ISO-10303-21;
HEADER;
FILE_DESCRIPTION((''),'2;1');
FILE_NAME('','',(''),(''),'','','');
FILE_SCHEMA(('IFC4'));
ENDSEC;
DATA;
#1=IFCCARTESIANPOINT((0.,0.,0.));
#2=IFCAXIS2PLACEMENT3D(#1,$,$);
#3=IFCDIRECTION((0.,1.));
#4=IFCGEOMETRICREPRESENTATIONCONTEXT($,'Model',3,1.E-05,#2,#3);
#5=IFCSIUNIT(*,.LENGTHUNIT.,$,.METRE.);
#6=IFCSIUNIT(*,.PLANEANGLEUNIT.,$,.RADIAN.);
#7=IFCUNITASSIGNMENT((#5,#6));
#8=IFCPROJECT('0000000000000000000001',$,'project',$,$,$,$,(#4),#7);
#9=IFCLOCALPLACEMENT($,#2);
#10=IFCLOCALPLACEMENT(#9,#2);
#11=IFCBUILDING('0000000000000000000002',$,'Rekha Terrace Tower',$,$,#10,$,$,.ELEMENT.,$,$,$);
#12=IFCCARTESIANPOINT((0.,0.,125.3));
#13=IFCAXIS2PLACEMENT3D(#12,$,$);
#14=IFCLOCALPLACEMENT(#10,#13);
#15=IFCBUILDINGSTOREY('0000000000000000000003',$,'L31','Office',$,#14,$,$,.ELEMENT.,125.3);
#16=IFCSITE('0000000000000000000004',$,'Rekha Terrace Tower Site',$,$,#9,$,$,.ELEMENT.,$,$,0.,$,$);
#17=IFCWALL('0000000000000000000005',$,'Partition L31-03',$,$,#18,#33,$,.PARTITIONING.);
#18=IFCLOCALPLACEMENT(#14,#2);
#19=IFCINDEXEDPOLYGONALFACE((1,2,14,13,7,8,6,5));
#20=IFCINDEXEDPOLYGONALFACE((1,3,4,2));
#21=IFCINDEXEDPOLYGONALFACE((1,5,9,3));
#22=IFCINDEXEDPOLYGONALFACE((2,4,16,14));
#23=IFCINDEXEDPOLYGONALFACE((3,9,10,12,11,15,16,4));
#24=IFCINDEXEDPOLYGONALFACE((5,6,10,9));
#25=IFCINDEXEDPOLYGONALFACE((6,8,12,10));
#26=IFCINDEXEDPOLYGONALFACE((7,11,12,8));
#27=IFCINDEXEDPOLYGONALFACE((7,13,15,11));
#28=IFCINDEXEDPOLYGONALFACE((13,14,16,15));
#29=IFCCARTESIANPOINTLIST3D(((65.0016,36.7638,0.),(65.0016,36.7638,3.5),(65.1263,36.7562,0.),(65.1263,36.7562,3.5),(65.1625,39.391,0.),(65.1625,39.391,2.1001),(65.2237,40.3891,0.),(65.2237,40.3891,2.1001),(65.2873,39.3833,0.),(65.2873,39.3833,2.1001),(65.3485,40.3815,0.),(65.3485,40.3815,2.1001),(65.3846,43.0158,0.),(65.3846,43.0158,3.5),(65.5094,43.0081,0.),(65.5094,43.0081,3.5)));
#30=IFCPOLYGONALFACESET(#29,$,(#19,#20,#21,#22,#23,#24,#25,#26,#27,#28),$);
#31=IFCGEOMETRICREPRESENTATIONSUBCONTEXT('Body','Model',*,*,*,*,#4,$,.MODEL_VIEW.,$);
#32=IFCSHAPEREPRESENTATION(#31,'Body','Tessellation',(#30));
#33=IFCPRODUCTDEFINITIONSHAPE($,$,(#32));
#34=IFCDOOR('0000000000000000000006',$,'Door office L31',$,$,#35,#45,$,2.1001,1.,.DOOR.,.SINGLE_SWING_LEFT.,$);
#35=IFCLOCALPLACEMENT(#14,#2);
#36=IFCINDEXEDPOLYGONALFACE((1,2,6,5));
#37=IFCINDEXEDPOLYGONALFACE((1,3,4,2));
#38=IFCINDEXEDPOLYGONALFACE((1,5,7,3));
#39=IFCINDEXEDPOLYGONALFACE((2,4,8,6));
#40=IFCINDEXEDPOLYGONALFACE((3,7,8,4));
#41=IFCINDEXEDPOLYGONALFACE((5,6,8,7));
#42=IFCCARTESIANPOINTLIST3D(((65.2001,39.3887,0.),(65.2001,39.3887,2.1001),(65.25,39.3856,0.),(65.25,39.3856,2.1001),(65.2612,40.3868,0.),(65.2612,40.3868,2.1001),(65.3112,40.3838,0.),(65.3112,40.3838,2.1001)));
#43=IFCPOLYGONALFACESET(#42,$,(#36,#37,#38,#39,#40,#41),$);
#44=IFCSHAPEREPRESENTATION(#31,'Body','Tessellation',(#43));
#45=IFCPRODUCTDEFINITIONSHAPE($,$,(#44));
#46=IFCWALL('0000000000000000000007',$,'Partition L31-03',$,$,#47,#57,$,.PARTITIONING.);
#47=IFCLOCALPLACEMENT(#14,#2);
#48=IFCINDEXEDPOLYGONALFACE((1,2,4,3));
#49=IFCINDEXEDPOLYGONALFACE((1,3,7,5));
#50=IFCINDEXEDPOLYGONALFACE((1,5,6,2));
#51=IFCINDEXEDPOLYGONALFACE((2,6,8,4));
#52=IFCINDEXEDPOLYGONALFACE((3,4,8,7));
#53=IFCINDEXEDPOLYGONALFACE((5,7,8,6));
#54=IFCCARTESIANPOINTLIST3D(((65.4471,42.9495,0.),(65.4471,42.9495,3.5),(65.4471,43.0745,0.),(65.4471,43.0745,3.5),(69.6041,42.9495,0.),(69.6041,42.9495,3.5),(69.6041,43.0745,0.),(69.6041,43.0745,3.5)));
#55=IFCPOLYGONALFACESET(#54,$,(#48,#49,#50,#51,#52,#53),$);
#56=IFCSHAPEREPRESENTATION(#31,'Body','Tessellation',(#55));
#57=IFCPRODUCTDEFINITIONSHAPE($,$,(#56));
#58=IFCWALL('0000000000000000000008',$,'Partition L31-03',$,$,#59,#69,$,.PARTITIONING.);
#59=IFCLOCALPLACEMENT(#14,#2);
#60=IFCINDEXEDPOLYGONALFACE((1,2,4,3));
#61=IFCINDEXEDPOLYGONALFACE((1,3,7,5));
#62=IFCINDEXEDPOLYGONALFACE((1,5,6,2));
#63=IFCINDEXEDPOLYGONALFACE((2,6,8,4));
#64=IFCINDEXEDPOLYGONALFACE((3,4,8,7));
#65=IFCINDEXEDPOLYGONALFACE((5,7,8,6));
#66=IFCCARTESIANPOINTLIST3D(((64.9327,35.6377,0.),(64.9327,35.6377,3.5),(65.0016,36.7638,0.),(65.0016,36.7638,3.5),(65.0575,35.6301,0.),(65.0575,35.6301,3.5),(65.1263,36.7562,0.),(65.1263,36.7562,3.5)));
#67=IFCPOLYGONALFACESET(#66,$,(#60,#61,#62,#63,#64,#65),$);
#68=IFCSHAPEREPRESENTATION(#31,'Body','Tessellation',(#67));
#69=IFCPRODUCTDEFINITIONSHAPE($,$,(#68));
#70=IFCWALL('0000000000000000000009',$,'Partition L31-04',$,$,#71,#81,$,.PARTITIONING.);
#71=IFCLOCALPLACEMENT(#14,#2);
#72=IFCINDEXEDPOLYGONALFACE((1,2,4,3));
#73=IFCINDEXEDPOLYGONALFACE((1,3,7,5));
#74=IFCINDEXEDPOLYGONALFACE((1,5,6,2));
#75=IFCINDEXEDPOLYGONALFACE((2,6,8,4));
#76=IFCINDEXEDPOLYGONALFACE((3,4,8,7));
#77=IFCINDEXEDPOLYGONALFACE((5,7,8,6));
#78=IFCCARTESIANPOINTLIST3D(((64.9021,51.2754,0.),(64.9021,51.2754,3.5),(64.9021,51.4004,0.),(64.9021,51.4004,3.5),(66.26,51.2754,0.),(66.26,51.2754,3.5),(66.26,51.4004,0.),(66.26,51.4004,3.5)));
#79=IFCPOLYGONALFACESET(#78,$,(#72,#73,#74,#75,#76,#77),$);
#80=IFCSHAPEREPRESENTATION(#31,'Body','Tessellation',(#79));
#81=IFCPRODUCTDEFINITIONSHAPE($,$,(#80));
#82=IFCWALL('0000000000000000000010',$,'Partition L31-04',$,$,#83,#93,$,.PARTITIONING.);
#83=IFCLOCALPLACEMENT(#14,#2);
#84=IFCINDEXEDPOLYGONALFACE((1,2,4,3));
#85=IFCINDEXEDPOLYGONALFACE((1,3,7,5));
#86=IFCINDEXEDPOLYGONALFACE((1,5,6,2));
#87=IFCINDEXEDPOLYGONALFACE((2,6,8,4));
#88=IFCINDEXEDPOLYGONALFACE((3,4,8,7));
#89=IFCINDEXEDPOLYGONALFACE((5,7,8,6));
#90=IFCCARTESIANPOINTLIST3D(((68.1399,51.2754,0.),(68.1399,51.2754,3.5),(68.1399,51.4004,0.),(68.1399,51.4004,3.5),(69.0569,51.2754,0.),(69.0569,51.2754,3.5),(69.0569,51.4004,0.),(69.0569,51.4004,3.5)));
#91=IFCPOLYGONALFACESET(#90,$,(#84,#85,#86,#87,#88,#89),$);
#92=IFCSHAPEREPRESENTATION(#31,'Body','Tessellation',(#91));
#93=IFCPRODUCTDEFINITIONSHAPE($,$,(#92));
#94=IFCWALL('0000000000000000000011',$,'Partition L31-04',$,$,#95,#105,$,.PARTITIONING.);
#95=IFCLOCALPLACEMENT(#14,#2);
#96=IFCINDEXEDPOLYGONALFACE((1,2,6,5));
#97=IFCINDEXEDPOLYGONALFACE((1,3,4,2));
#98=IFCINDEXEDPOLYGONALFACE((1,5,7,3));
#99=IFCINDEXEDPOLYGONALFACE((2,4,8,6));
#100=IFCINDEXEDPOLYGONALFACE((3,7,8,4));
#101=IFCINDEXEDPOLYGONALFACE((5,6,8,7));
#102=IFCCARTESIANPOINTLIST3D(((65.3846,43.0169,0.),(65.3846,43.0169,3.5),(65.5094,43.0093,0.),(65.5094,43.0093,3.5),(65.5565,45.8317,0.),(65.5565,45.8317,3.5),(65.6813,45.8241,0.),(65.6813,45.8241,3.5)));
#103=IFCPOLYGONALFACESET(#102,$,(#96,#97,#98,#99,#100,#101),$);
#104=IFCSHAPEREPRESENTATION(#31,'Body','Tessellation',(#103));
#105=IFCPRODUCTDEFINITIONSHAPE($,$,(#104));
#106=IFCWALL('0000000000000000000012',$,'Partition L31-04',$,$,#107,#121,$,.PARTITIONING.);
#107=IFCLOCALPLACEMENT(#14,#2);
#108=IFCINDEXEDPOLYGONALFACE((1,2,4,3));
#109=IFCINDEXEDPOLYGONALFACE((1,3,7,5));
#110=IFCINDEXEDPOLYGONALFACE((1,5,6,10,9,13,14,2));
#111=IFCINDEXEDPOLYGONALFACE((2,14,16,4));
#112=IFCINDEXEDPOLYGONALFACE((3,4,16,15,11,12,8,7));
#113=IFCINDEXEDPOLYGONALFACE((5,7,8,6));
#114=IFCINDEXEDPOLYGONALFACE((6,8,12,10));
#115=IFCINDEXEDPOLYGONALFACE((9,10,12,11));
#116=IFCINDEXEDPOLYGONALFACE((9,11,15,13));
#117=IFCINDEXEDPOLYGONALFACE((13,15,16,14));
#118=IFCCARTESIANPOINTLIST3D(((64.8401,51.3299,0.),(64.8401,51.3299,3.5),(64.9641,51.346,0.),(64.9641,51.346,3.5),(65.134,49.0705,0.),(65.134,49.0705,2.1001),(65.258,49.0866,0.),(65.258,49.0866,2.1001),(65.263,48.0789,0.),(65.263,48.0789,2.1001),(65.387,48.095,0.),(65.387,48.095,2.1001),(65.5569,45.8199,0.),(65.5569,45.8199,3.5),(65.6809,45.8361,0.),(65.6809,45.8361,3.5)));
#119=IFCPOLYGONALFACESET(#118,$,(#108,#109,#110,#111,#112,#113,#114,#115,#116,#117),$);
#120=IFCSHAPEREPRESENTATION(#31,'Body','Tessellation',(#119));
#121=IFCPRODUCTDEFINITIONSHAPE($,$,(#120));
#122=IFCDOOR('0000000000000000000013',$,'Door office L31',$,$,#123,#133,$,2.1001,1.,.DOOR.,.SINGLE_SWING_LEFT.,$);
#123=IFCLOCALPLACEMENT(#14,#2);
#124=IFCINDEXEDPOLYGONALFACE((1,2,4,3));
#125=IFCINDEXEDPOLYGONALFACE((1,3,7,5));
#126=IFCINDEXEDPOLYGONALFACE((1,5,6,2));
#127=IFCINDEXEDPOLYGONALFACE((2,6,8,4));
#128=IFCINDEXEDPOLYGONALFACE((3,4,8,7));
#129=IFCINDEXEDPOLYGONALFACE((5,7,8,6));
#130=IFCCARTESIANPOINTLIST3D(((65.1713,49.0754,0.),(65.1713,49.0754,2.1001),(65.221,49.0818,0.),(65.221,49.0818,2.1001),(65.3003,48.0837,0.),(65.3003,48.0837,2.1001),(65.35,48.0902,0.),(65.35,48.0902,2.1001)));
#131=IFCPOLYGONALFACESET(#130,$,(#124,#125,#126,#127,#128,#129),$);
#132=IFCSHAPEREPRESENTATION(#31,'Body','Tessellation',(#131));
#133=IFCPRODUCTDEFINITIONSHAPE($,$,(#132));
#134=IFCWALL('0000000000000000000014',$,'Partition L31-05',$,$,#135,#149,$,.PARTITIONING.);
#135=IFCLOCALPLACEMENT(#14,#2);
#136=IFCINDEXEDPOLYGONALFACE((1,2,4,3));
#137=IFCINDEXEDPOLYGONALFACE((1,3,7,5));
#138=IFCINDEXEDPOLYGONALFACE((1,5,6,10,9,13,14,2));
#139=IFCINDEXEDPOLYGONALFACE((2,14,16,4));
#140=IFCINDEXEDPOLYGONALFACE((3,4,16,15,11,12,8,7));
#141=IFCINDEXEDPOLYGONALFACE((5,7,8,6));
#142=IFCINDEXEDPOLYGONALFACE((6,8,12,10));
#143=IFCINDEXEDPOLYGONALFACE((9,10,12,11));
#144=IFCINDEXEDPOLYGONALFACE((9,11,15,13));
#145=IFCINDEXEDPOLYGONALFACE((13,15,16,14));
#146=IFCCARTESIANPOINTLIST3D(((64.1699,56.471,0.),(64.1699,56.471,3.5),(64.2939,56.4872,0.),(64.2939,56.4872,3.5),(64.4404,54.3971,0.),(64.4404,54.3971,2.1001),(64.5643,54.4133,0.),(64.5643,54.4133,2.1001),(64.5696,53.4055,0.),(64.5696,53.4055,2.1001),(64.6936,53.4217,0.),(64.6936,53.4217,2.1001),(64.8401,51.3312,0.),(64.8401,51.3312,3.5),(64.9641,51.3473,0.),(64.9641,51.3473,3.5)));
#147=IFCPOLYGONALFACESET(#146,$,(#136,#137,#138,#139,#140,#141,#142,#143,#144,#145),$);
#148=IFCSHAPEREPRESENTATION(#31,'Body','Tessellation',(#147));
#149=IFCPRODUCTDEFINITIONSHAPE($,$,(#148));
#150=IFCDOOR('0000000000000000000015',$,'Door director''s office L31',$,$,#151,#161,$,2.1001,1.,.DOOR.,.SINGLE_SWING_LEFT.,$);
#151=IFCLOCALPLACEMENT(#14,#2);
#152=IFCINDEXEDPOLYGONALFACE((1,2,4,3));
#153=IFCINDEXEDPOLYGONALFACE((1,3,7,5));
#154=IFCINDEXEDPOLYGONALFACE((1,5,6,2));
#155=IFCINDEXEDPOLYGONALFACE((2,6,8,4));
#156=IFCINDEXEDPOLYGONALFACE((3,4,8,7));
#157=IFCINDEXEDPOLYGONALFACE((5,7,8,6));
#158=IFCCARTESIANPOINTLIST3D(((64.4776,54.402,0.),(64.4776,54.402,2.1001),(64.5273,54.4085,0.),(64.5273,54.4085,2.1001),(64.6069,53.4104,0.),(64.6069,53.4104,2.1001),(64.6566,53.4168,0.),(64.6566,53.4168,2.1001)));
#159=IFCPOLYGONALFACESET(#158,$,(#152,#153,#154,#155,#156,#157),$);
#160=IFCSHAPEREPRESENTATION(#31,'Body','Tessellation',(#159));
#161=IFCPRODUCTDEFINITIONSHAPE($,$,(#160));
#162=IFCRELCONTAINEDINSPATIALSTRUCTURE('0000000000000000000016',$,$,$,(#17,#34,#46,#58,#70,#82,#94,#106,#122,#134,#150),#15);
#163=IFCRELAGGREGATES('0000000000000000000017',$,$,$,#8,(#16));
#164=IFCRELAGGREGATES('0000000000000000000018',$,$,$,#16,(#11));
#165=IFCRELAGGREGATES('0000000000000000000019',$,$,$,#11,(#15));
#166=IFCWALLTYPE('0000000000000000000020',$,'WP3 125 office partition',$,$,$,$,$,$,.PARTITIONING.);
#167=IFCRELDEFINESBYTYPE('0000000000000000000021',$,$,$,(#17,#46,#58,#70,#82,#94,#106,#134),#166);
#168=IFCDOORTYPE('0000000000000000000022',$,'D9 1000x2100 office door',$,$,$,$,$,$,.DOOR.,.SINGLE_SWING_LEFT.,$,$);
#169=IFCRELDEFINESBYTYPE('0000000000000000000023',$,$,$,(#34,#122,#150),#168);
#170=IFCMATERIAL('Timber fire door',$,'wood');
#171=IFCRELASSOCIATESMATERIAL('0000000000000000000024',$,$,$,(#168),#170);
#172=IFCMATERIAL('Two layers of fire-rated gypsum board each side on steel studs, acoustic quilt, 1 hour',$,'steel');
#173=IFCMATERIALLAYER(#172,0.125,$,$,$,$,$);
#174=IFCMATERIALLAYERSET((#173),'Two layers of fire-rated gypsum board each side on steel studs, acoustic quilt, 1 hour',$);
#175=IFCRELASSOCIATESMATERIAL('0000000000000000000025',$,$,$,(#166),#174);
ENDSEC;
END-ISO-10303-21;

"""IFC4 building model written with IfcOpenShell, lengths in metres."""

from ifc_helpers import new_model, si_unit, direction, frame, frame_2d, origin, place, context, subcontext, project, spatial, rectangle, extrude, material, layer, layer_set, type_object, element, fill, save


model = new_model("IFC4")

# Units and contexts
model_context = context("Model", 3, precision=1e-05, world=origin(), true_north=direction((0.0, 1.0)))
body_context = subcontext(model_context, "Body", "Model", "MODEL_VIEW")
ifc_project = project(units=[si_unit("LENGTHUNIT", "METRE"), si_unit("PLANEANGLEUNIT", "RADIAN")], contexts=[model_context])

# Site, building, storey
site_placement = place(None, origin())
site = spatial("IfcSite", under=ifc_project, at=site_placement, Name="Rekha Terrace Tower Site", CompositionType="ELEMENT", RefElevation=0.0)
building_placement = place(site_placement, origin())
building = spatial("IfcBuilding", under=site, at=building_placement, Name="Rekha Terrace Tower", CompositionType="ELEMENT")
storey_placement = place(building_placement, frame((0.0, 0.0, 125.3)))
storey = spatial("IfcBuildingStorey", under=building, at=storey_placement, Name="L31", Description="Office", CompositionType="ELEMENT", Elevation=125.3)

# Shared definitions
ifc_material_1 = material(Name="Timber fire door", Category="wood")
door_type = type_object("IfcDoorType", Name="D9 1000x2100 office door", OperationType="SINGLE_SWING_LEFT", PredefinedType="DOOR", material=ifc_material_1)

# Shared definitions
ifc_material_2 = material(Name="Two layers of fire-rated gypsum board each side on steel studs, acoustic quilt, 1 hour", Category="steel")
ifc_layer_1 = layer(ifc_material_2, 0.125)
ifc_layer_set_1 = layer_set([ifc_layer_1], Name="Two layers of fire-rated gypsum board each side on steel studs, acoustic quilt, 1 hour")
wall_type_1 = type_object("IfcWallType", Name="WP3 125 office partition", PredefinedType="PARTITIONING", material=ifc_layer_set_1)

# Wall, opening, door
wall_1_placement = place(storey_placement, frame((65.064, 36.76, 0.0), z_axis=(0.0, 0.0, 1.0), x_axis=(0.061155, 0.998128, 0.0)))
wall_1 = element("IfcWall", 1, at=wall_1_placement, inside=storey, type_object=wall_type_1, Name="Partition L31-03", PredefinedType="PARTITIONING", context=body_context, shape_type="SweptSolid", body=[
    extrude(rectangle(XDim=6.2637, YDim=0.125, at=frame_2d((3.1318, 0.0))), origin(), (0.0, 0.0, 1.0), 3.5),
])
opening_1_placement = place(wall_1_placement, frame((2.6321, 0.0, 0.0)))
opening_1 = element("IfcOpeningElement", 2, at=opening_1_placement, cuts=wall_1, PredefinedType="OPENING", context=body_context, shape_type="SweptSolid", body=[
    extrude(rectangle(XDim=1.0, YDim=2.1001, at=frame_2d((0.5, 1.05))), frame((0.0, 0.0725, 0.0), z_axis=(0.0, -1.0, 0.0), x_axis=(1.0, 0.0, 0.0)), (0.0, 0.0, 1.0), 0.145),
])
door_1_placement = place(opening_1_placement, origin())
door_1 = element("IfcDoor", 3, at=door_1_placement, inside=storey, type_object=door_type, Name="Door office L31", OperationType="SINGLE_SWING_LEFT", OverallHeight=2.1001, OverallWidth=1.0, PredefinedType="DOOR", context=body_context, shape_type="SweptSolid", body=[
    extrude(rectangle(XDim=1.0, YDim=2.1001, at=frame_2d((0.5, 1.05))), frame((0.0, 0.0249, 0.0), z_axis=(0.0, -1.0, 0.0), x_axis=(1.0, 0.0, 0.0)), (0.0, 0.0, 1.0), 0.05),
])
fill(opening_1, door_1)

# Walls
wall_2_placement = place(storey_placement, frame((65.447, 43.012, 0.0), z_axis=(0.0, 0.0, 1.0), x_axis=(1.0, 0.0, 0.0)))
element("IfcWall", 4, at=wall_2_placement, inside=storey, type_object=wall_type_1, Name="Partition L31-03", PredefinedType="PARTITIONING", context=body_context, shape_type="SweptSolid", body=[
    extrude(rectangle(XDim=4.157, YDim=0.125, at=frame_2d((2.0786, 0.0))), origin(), (0.0, 0.0, 1.0), 3.5),
])
wall_3_placement = place(storey_placement, frame((64.9951, 35.634, 0.0), z_axis=(0.0, 0.0, 1.0), x_axis=(0.061031, 0.998136, 0.0)))
element("IfcWall", 5, at=wall_3_placement, inside=storey, type_object=wall_type_1, Name="Partition L31-03", PredefinedType="PARTITIONING", context=body_context, shape_type="SweptSolid", body=[
    extrude(rectangle(XDim=1.1282, YDim=0.125, at=frame_2d((0.564, 0.0))), origin(), (0.0, 0.0, 1.0), 3.5),
])
wall_4_placement = place(storey_placement, frame((64.9021, 51.3379, 0.0), z_axis=(0.0, 0.0, 1.0), x_axis=(1.0, 0.0, 0.0)))
element("IfcWall", 6, at=wall_4_placement, inside=storey, type_object=wall_type_1, Name="Partition L31-04", PredefinedType="PARTITIONING", context=body_context, shape_type="SweptSolid", body=[
    extrude(rectangle(XDim=1.3579, YDim=0.125, at=frame_2d((0.679, 0.0))), origin(), (0.0, 0.0, 1.0), 3.5),
])
wall_5_placement = place(storey_placement, frame((68.1399, 51.3379, 0.0), z_axis=(0.0, 0.0, 1.0), x_axis=(1.0, 0.0, 0.0)))
element("IfcWall", 7, at=wall_5_placement, inside=storey, type_object=wall_type_1, Name="Partition L31-04", PredefinedType="PARTITIONING", context=body_context, shape_type="SweptSolid", body=[
    extrude(rectangle(XDim=0.917, YDim=0.125, at=frame_2d((0.4585, 0.0))), origin(), (0.0, 0.0, 1.0), 3.5),
])
wall_6_placement = place(storey_placement, frame((65.447, 43.0129, 0.0), z_axis=(0.0, 0.0, 1.0), x_axis=(0.060945, 0.998141, 0.0)))
element("IfcWall", 8, at=wall_6_placement, inside=storey, type_object=wall_type_1, Name="Partition L31-04", PredefinedType="PARTITIONING", context=body_context, shape_type="SweptSolid", body=[
    extrude(rectangle(XDim=2.8201, YDim=0.125, at=frame_2d((1.4102, 0.0))), origin(), (0.0, 0.0, 1.0), 3.5),
])

# Walls, openings, doors
wall_7_placement = place(storey_placement, frame((65.6189, 45.8279, 0.0), z_axis=(0.0, 0.0, 1.0), x_axis=(-0.129003, 0.991644, 0.0)))
wall_7 = element("IfcWall", 9, at=wall_7_placement, inside=storey, type_object=wall_type_1, Name="Partition L31-04", PredefinedType="PARTITIONING", context=body_context, shape_type="SweptSolid", body=[
    extrude(rectangle(XDim=5.5564, YDim=0.125, at=frame_2d((2.7783, 0.0))), origin(), (0.0, 0.0, 1.0), 3.5),
])
opening_2_placement = place(wall_7_placement, frame((2.2781, 0.0, 0.0)))
opening_2 = element("IfcOpeningElement", 10, at=opening_2_placement, cuts=wall_7, PredefinedType="OPENING", context=body_context, shape_type="SweptSolid", body=[
    extrude(rectangle(XDim=1.0, YDim=2.1001, at=frame_2d((0.5, 1.05))), frame((0.0, 0.0725, 0.0), z_axis=(0.0, -1.0, 0.0), x_axis=(1.0, 0.0, 0.0)), (0.0, 0.0, 1.0), 0.145),
])
door_2_placement = place(opening_2_placement, origin())
door_2 = element("IfcDoor", 11, at=door_2_placement, inside=storey, type_object=door_type, Name="Door office L31", OperationType="SINGLE_SWING_LEFT", OverallHeight=2.1001, OverallWidth=1.0, PredefinedType="DOOR", context=body_context, shape_type="SweptSolid", body=[
    extrude(rectangle(XDim=1.0, YDim=2.1001, at=frame_2d((0.5, 1.05))), frame((0.0, 0.0249, 0.0), z_axis=(0.0, -1.0, 0.0), x_axis=(1.0, 0.0, 0.0)), (0.0, 0.0, 1.0), 0.05),
])
fill(opening_2, door_2)
wall_8_placement = place(storey_placement, frame((64.9021, 51.3391, 0.0), z_axis=(0.0, 0.0, 1.0), x_axis=(-0.129291, 0.991607, 0.0)))
wall_8 = element("IfcWall", 12, at=wall_8_placement, inside=storey, type_object=wall_type_1, Name="Partition L31-05", PredefinedType="PARTITIONING", context=body_context, shape_type="SweptSolid", body=[
    extrude(rectangle(XDim=5.1833, YDim=0.125, at=frame_2d((2.5918, 0.0))), origin(), (0.0, 0.0, 1.0), 3.5),
])
opening_3_placement = place(wall_8_placement, frame((2.092, 0.0, 0.0)))
opening_3 = element("IfcOpeningElement", 13, at=opening_3_placement, cuts=wall_8, PredefinedType="OPENING", context=body_context, shape_type="SweptSolid", body=[
    extrude(rectangle(XDim=1.0, YDim=2.1001, at=frame_2d((0.5, 1.05))), frame((0.0, 0.0725, 0.0), z_axis=(0.0, -1.0, 0.0), x_axis=(1.0, 0.0, 0.0)), (0.0, 0.0, 1.0), 0.145),
])
door_3_placement = place(opening_3_placement, origin())
door_3 = element("IfcDoor", 14, at=door_3_placement, inside=storey, type_object=door_type, Name="Door director's office L31", OperationType="SINGLE_SWING_LEFT", OverallHeight=2.1001, OverallWidth=1.0, PredefinedType="DOOR", context=body_context, shape_type="SweptSolid", body=[
    extrude(rectangle(XDim=1.0, YDim=2.1001, at=frame_2d((0.5, 1.05))), frame((0.0, 0.0249, 0.0), z_axis=(0.0, -1.0, 0.0), x_axis=(1.0, 0.0, 0.0)), (0.0, 0.0, 1.0), 0.05),
])
fill(opening_3, door_3)

save(model, "model.ifc")
